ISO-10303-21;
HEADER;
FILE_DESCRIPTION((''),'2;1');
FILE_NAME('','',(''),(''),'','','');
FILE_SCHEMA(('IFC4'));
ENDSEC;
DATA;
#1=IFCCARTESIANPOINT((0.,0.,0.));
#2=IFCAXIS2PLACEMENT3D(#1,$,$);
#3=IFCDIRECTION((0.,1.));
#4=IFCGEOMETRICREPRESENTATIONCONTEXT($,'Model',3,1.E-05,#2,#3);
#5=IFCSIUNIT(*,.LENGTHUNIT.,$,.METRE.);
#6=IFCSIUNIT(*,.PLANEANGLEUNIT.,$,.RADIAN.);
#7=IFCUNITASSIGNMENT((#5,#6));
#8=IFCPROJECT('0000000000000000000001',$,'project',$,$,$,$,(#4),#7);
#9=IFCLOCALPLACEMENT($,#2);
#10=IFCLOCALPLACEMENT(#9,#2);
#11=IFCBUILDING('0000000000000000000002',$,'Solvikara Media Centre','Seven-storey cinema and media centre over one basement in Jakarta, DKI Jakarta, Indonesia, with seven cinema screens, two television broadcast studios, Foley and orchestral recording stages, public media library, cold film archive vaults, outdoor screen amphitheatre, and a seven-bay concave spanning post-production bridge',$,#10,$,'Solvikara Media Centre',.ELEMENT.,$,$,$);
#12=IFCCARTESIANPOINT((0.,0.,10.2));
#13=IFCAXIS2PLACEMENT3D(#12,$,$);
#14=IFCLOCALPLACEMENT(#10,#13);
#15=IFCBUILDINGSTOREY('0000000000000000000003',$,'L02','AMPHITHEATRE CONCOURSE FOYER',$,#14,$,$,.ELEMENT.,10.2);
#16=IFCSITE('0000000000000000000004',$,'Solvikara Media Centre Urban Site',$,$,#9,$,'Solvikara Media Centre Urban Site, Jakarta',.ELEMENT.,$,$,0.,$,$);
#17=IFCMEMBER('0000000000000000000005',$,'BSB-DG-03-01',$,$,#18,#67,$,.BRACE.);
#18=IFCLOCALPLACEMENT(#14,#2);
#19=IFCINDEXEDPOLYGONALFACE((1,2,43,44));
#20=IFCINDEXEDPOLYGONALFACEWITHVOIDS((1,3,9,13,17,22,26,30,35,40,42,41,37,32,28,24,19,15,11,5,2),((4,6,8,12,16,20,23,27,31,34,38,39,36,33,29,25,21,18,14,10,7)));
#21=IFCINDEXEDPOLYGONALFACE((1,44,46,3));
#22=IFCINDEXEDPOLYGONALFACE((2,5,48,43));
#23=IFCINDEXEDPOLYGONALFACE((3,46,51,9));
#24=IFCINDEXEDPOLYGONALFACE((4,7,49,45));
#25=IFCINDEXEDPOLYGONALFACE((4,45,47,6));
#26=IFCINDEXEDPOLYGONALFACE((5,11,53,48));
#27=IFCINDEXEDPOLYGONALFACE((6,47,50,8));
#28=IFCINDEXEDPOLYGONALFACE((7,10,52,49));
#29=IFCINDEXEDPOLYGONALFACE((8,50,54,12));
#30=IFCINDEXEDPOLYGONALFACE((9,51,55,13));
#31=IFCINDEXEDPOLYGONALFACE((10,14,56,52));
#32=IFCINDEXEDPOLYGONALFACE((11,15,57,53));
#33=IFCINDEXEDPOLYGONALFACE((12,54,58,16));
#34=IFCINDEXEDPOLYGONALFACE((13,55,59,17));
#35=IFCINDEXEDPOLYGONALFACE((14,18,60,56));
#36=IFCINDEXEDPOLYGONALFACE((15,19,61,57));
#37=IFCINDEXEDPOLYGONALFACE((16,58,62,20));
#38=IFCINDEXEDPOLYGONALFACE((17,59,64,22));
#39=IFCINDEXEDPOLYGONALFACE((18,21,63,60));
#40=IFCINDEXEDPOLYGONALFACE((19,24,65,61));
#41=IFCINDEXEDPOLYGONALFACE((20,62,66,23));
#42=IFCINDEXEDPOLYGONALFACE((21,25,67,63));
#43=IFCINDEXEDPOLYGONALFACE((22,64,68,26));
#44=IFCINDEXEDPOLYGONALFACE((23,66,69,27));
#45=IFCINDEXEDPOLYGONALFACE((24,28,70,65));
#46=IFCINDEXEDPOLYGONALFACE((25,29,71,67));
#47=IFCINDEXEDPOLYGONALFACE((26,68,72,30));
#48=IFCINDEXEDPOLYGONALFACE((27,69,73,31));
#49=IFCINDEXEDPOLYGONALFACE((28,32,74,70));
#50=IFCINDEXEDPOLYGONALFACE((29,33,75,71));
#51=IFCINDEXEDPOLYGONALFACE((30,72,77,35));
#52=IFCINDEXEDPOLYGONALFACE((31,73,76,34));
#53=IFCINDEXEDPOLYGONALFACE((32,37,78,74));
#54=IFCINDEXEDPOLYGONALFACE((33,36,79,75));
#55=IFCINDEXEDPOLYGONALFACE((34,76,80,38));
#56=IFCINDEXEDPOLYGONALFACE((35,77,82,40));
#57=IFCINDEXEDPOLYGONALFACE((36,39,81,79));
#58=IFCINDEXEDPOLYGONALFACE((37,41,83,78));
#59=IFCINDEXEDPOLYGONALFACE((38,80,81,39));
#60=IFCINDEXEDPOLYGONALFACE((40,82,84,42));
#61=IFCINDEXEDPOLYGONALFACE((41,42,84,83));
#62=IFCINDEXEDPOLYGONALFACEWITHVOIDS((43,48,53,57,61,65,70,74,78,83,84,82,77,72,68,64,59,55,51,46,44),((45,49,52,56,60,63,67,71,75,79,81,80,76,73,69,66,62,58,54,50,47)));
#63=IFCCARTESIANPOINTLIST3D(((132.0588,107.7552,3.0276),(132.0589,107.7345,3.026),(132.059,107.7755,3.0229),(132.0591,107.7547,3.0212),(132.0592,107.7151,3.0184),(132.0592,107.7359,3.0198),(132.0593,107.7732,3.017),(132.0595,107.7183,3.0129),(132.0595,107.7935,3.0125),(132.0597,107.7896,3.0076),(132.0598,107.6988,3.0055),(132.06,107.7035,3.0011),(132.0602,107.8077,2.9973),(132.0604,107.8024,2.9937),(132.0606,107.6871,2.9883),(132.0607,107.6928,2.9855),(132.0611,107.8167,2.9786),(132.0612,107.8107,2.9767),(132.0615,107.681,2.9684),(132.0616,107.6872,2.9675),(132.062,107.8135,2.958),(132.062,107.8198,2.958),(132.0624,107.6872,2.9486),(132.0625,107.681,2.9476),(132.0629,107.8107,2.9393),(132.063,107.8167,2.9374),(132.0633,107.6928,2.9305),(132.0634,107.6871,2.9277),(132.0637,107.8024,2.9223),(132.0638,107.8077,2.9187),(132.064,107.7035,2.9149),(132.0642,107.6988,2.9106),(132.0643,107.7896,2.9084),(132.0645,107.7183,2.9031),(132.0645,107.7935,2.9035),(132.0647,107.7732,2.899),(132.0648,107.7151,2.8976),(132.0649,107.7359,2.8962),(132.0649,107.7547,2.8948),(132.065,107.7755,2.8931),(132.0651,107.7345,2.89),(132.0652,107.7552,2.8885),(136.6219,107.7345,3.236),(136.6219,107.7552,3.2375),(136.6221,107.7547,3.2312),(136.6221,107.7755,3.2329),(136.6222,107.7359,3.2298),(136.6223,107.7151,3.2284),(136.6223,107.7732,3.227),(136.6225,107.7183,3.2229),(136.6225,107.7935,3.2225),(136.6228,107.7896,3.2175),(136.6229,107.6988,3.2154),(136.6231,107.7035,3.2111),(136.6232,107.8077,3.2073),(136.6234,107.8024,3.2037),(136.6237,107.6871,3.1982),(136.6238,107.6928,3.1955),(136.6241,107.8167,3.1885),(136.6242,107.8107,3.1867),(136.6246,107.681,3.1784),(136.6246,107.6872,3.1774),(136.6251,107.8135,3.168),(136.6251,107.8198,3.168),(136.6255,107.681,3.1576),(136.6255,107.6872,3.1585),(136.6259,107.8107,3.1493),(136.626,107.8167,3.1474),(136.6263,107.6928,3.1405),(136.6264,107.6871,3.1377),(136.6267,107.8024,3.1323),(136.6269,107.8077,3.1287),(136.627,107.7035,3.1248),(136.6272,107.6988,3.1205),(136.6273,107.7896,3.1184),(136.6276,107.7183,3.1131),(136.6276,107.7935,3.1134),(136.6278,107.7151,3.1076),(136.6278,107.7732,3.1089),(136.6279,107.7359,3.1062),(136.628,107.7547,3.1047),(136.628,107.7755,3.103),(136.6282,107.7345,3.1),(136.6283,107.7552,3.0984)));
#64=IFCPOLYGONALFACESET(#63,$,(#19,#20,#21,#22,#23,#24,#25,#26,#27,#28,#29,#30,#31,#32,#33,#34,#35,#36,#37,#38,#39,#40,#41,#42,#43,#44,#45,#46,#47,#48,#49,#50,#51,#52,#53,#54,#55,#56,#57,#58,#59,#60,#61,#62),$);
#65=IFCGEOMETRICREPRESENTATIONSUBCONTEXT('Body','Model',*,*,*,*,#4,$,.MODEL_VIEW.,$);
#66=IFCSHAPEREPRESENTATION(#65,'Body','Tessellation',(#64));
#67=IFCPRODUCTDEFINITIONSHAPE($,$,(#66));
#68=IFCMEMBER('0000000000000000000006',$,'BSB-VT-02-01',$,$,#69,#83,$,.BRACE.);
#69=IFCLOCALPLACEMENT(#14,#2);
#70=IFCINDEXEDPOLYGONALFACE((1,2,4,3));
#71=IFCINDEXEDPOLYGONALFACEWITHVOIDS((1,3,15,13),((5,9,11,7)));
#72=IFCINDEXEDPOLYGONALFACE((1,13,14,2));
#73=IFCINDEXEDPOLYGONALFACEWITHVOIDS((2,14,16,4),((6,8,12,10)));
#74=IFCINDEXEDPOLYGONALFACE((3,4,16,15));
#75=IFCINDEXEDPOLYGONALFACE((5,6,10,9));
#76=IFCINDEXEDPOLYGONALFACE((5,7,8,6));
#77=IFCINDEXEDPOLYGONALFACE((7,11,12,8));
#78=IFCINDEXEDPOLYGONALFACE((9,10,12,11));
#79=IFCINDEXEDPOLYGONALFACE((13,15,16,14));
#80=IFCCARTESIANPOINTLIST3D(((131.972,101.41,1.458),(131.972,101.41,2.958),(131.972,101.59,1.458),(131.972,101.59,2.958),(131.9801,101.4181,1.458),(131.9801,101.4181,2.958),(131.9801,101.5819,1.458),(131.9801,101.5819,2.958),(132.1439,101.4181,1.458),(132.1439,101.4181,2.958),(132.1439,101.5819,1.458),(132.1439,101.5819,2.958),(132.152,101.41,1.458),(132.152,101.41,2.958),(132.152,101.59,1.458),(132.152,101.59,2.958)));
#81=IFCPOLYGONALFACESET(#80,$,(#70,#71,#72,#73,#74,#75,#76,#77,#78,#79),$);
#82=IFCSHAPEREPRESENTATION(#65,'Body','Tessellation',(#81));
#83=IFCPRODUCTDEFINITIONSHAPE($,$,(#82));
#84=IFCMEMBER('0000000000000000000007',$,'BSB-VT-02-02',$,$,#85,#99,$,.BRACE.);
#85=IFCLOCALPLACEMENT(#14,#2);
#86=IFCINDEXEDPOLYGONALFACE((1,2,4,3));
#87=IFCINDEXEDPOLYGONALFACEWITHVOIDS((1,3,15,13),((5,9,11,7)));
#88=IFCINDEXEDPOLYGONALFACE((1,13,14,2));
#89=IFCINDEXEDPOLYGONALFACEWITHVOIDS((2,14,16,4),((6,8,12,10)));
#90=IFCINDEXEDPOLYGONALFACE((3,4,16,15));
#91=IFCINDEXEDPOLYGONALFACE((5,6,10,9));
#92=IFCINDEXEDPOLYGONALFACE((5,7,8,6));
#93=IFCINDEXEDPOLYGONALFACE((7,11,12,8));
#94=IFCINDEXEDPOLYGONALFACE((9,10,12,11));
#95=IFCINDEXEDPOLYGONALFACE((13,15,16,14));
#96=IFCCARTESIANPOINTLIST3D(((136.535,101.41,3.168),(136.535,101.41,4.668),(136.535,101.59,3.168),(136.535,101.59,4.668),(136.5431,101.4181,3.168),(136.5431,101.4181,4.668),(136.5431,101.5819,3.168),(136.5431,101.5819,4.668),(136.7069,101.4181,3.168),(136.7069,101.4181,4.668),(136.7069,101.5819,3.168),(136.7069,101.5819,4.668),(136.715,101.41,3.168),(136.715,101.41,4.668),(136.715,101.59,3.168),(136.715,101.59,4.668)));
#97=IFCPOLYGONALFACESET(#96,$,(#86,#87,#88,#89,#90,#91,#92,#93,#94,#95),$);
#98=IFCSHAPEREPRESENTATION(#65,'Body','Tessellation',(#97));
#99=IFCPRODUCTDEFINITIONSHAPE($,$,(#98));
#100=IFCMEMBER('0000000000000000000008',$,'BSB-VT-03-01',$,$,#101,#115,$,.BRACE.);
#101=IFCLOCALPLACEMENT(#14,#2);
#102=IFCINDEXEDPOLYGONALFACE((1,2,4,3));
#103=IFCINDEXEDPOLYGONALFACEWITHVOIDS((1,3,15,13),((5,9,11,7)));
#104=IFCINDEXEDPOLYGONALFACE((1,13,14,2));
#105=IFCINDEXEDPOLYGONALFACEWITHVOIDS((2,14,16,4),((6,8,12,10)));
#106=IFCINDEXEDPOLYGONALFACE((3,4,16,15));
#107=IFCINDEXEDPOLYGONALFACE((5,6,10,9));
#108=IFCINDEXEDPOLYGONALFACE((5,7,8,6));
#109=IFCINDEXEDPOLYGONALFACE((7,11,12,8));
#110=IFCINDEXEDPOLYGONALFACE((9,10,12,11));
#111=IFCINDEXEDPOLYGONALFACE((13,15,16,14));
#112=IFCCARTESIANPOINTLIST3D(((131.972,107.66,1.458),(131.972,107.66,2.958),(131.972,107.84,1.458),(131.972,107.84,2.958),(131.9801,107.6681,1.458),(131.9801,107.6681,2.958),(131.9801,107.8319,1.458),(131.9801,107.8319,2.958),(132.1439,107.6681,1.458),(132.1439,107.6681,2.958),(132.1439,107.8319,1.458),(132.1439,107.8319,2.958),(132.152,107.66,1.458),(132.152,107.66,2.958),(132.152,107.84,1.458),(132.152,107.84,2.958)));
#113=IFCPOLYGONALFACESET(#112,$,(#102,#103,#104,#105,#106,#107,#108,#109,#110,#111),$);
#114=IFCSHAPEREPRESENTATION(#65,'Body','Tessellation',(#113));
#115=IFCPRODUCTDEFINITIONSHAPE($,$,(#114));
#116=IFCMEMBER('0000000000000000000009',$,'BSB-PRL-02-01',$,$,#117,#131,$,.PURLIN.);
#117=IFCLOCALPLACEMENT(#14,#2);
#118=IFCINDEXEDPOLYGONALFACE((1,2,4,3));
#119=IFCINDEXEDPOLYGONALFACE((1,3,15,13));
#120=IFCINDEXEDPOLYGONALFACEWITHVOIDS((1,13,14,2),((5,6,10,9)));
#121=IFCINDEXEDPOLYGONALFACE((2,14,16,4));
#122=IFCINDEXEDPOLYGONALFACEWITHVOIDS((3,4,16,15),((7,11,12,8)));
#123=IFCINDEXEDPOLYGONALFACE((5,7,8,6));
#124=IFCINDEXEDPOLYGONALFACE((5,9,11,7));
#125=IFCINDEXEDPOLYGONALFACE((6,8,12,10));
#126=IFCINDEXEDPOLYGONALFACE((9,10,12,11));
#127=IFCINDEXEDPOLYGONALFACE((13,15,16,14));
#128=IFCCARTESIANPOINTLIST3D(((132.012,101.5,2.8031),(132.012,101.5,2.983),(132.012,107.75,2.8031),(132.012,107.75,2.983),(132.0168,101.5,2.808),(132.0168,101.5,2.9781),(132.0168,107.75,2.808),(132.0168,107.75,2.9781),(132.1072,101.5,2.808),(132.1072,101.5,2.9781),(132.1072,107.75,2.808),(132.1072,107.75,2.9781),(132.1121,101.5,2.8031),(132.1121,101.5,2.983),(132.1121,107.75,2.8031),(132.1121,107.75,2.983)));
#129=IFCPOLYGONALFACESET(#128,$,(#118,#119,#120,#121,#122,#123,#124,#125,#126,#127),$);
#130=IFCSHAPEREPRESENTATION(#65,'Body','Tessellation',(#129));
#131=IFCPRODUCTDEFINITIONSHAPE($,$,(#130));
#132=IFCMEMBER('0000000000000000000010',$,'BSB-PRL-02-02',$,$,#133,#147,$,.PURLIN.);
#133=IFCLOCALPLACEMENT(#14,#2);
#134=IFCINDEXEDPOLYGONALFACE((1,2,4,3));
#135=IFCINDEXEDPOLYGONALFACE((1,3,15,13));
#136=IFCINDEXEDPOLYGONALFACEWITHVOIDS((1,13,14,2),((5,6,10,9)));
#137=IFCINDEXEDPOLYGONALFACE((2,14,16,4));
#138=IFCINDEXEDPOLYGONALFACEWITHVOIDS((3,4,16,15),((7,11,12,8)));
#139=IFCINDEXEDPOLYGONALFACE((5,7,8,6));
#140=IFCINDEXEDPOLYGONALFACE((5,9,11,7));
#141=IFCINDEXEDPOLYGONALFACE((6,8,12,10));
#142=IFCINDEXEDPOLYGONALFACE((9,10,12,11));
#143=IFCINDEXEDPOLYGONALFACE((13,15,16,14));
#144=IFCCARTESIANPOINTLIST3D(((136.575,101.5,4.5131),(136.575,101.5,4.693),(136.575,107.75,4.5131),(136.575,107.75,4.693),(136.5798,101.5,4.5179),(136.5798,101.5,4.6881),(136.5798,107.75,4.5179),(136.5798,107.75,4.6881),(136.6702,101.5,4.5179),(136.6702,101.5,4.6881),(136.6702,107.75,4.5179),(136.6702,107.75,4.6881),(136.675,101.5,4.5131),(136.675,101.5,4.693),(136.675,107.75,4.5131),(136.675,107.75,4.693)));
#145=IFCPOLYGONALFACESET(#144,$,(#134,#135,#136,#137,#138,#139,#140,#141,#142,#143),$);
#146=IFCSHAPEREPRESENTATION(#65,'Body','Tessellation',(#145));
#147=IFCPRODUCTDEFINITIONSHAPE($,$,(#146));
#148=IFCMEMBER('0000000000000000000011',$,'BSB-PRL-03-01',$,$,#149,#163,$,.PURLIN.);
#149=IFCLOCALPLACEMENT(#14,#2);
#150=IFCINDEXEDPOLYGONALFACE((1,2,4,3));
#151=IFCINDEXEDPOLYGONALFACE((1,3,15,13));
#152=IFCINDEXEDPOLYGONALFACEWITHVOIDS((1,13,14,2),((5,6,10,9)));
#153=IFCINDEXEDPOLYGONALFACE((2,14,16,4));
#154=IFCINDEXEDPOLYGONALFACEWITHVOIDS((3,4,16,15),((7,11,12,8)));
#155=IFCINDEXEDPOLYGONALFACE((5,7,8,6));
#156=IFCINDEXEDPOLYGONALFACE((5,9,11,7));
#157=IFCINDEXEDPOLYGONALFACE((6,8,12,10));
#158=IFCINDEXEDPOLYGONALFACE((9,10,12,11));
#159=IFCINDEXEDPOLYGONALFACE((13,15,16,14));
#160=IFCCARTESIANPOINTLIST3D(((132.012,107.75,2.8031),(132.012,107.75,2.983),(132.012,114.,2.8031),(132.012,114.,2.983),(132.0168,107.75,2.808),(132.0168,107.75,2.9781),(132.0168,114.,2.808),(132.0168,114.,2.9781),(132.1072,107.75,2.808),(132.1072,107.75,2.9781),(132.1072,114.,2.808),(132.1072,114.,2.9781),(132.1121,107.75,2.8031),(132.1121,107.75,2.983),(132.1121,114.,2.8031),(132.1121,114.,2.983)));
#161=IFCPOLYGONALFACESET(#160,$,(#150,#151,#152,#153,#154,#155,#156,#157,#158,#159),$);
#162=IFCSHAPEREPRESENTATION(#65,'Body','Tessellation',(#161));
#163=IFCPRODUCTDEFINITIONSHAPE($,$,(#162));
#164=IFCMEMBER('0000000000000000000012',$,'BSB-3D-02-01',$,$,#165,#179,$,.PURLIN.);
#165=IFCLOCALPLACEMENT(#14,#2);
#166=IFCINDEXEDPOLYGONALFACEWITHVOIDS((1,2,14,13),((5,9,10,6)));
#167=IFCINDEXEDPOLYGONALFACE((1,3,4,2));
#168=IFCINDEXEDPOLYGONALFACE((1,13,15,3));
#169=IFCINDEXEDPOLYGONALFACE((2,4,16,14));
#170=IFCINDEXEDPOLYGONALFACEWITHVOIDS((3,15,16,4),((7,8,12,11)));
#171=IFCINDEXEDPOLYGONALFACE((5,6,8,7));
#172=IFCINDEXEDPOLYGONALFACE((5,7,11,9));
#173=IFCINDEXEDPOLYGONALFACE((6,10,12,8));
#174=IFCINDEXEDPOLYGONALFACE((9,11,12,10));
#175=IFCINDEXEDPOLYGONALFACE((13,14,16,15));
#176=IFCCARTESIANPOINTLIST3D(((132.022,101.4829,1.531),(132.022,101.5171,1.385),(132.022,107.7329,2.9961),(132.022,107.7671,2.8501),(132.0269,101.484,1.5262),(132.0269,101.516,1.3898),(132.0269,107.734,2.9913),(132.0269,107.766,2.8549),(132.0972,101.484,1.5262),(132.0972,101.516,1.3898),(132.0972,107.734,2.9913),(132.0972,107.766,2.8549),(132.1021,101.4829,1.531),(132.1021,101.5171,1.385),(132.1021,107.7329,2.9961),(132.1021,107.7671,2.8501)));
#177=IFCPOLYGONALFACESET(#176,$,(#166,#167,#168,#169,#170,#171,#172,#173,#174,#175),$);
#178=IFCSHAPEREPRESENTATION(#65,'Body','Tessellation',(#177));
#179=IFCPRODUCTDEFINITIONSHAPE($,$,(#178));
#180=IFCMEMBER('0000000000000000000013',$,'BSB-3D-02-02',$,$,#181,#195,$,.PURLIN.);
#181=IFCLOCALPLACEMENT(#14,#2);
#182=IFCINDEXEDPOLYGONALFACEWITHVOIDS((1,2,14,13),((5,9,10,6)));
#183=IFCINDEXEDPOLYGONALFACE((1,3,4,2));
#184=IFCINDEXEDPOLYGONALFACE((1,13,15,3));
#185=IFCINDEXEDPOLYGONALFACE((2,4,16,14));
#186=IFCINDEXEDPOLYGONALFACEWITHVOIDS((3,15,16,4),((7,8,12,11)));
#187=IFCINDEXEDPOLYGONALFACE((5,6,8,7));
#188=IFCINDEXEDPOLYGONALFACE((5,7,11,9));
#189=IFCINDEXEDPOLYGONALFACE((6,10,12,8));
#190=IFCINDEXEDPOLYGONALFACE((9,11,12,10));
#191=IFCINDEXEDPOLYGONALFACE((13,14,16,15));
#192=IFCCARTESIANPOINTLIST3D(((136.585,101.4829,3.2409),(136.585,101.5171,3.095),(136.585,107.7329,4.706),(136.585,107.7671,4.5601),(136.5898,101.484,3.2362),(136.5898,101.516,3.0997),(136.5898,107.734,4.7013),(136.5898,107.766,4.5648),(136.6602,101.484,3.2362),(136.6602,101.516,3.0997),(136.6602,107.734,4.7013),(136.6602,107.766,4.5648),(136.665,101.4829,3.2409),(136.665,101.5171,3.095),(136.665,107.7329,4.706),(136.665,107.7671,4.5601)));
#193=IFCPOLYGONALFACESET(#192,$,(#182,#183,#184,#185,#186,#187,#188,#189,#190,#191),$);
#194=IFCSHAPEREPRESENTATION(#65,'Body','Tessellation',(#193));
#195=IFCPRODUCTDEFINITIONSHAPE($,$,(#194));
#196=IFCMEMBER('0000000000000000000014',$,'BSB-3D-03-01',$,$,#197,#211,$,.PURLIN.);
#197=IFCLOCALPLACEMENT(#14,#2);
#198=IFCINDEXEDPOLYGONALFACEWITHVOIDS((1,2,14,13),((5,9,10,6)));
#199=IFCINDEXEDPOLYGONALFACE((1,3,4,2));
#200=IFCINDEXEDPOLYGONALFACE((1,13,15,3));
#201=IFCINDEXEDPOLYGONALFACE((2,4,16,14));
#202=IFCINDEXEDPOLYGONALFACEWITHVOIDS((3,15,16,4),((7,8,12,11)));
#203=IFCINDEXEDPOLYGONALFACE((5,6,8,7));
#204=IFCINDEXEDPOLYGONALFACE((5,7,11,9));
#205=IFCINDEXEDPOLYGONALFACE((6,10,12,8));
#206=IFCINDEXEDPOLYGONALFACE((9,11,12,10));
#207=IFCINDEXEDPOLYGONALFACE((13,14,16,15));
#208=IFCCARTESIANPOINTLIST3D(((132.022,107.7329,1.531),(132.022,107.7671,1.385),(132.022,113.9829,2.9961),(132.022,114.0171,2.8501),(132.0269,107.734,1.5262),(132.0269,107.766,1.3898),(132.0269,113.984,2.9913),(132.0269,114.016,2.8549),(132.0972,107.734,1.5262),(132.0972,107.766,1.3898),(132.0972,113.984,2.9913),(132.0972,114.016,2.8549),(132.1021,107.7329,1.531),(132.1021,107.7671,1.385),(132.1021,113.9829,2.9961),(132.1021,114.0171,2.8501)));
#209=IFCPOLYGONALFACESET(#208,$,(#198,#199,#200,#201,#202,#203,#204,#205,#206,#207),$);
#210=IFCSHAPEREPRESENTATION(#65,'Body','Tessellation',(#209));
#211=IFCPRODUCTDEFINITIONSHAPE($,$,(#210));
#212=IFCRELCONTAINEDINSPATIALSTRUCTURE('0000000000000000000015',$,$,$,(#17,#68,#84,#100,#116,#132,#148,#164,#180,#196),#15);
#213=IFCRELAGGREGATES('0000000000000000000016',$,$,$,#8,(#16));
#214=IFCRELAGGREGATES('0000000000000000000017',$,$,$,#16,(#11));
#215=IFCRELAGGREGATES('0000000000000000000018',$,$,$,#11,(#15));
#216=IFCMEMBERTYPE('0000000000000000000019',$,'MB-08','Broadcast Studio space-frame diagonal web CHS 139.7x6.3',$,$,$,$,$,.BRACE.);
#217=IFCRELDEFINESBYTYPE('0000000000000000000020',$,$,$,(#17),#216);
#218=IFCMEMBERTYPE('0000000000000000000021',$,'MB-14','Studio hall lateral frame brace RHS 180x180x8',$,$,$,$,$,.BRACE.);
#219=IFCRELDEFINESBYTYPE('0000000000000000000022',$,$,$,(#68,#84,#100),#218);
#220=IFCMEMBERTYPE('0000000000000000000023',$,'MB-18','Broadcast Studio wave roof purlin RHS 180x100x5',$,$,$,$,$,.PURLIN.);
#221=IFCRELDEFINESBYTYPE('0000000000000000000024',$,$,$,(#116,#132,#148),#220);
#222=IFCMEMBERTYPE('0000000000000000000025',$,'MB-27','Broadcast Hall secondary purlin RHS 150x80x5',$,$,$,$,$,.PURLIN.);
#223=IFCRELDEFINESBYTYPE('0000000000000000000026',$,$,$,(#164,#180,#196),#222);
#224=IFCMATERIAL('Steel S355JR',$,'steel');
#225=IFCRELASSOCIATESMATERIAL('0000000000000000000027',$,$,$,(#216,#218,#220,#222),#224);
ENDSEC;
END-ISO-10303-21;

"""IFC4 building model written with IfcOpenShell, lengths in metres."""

from ifc_helpers import new_model, si_unit, direction, frame, origin, origin_2d, place, context, subcontext, project, spatial, hollow_rectangle, hollow_circle, extrude, material, material_profile, profile_set, type_object, element, save


model = new_model("IFC4")

# Units and contexts
model_context = context("Model", 3, precision=1e-05, world=origin(), true_north=direction((0.0, 1.0)))
body_context = subcontext(model_context, "Body", "Model", "MODEL_VIEW")
ifc_project = project(units=[si_unit("LENGTHUNIT", "METRE"), si_unit("PLANEANGLEUNIT", "RADIAN")], contexts=[model_context])

# Site, building, storey
site_placement = place(None, origin())
site = spatial("IfcSite", under=ifc_project, at=site_placement, Name="Solvikara Media Centre Urban Site", LongName="Solvikara Media Centre Urban Site, Jakarta", CompositionType="ELEMENT", RefElevation=0.0)
building_placement = place(site_placement, origin())
building = spatial("IfcBuilding", under=site, at=building_placement, Name="Solvikara Media Centre", Description="Seven-storey cinema and media centre over one basement in Jakarta, DKI Jakarta, Indonesia, with seven cinema screens, two television broadcast studios, Foley and orchestral recording stages, public media library, cold film archive vaults, outdoor screen amphitheatre, and a seven-bay concave spanning post-production bridge", LongName="Solvikara Media Centre", CompositionType="ELEMENT")
storey_placement = place(building_placement, frame((0.0, 0.0, 10.2)))
storey = spatial("IfcBuildingStorey", under=building, at=storey_placement, Name="L02", Description="AMPHITHEATRE CONCOURSE FOYER", CompositionType="ELEMENT", Elevation=10.2)

# Shared definitions
ifc_material_1 = material(Name="Steel S355JR", Category="steel")

# Members
ifc_material_profile_1 = material_profile(ifc_material_1, hollow_circle(Radius=0.0698, WallThickness=0.0063, at=origin_2d()), Name="CHS 139.7x6.3")
ifc_profile_set_1 = profile_set([ifc_material_profile_1], Name="Steel S355JR")
member_type_1 = type_object("IfcMemberType", Name="MB-08", Description="Broadcast Studio space-frame diagonal web CHS 139.7x6.3", PredefinedType="BRACE", material=ifc_profile_set_1)
member_1_placement = place(storey_placement, frame((132.062, 107.75, 2.958), z_axis=(0.998943, 0.0, 0.045965), x_axis=(0.0, 1.0, 0.0)))
element("IfcMember", 1, at=member_1_placement, inside=storey, type_object=member_type_1, Name="BSB-DG-03-01", PredefinedType="BRACE", context=body_context, shape_type="SweptSolid", body=[
    extrude(hollow_circle(Radius=0.0698, WallThickness=0.0063, at=origin_2d()), origin(), (0.0, 0.0, 1.0), 4.5679),
])
ifc_material_profile_2 = material_profile(ifc_material_1, hollow_rectangle(XDim=0.1799, YDim=0.1799, WallThickness=0.0081, at=origin_2d()), Name="RHS 180x180x8")
ifc_profile_set_2 = profile_set([ifc_material_profile_2], Name="Steel S355JR")
member_type_2 = type_object("IfcMemberType", Name="MB-14", Description="Studio hall lateral frame brace RHS 180x180x8", PredefinedType="BRACE", material=ifc_profile_set_2)
for number, where, z_axis, x_axis, name in (
    (2, (132.062, 101.5, 1.458), (0.0, 0.0, 1.0), (1.0, 0.0, 0.0), "BSB-VT-02-01"),
    (3, (136.625, 101.5, 3.168), (0.0, 0.0, 1.0), (1.0, 0.0, 0.0), "BSB-VT-02-02"),
    (4, (132.062, 107.75, 1.458), (0.0, 0.0, 1.0), (1.0, 0.0, 0.0), "BSB-VT-03-01"),
):
    element("IfcMember", number, at=place(storey_placement, frame(where, z_axis=z_axis, x_axis=x_axis)), inside=storey, type_object=member_type_2, Name=name, PredefinedType="BRACE", context=body_context, shape_type="SweptSolid", body=[
        extrude(hollow_rectangle(XDim=0.1799, YDim=0.1799, WallThickness=0.0081, at=origin_2d()), origin(), (0.0, 0.0, 1.0), 1.5),
    ])
ifc_material_profile_3 = material_profile(ifc_material_1, hollow_rectangle(XDim=0.1001, YDim=0.1799, WallThickness=0.0049, at=origin_2d()), Name="RHS 180x100x5")
ifc_profile_set_3 = profile_set([ifc_material_profile_3], Name="Steel S355JR")
member_type_3 = type_object("IfcMemberType", Name="MB-18", Description="Broadcast Studio wave roof purlin RHS 180x100x5", PredefinedType="PURLIN", material=ifc_profile_set_3)
for number, where, z_axis, x_axis, name in (
    (5, (132.062, 101.5, 2.8931), (0.0, 1.0, 0.0), (-1.0, 0.0, 0.0), "BSB-PRL-02-01"),
    (6, (136.625, 101.5, 4.603), (0.0, 1.0, 0.0), (-1.0, 0.0, 0.0), "BSB-PRL-02-02"),
    (7, (132.062, 107.75, 2.8931), (0.0, 1.0, 0.0), (-1.0, 0.0, 0.0), "BSB-PRL-03-01"),
):
    element("IfcMember", number, at=place(storey_placement, frame(where, z_axis=z_axis, x_axis=x_axis)), inside=storey, type_object=member_type_3, Name=name, PredefinedType="PURLIN", context=body_context, shape_type="SweptSolid", body=[
        extrude(hollow_rectangle(XDim=0.1001, YDim=0.1799, WallThickness=0.0049, at=origin_2d()), origin(), (0.0, 0.0, 1.0), 6.25),
    ])
ifc_material_profile_4 = material_profile(ifc_material_1, hollow_rectangle(XDim=0.0801, YDim=0.1499, WallThickness=0.0049, at=origin_2d()), Name="RHS 150x80x5")
ifc_profile_set_4 = profile_set([ifc_material_profile_4], Name="Steel S355JR")
member_type_4 = type_object("IfcMemberType", Name="MB-27", Description="Broadcast Hall secondary purlin RHS 150x80x5", PredefinedType="PURLIN", material=ifc_profile_set_4)
for number, where, z_axis, x_axis, name in (
    (8, (132.062, 101.5, 1.458), (0.0, 0.973608, 0.228227), (-1.0, 0.0, 0.0), "BSB-3D-02-01"),
    (9, (136.625, 101.5, 3.168), (0.0, 0.973608, 0.228227), (-1.0, 0.0, 0.0), "BSB-3D-02-02"),
    (10, (132.062, 107.75, 1.458), (0.0, 0.973608, 0.228227), (-1.0, 0.0, 0.0), "BSB-3D-03-01"),
):
    element("IfcMember", number, at=place(storey_placement, frame(where, z_axis=z_axis, x_axis=x_axis)), inside=storey, type_object=member_type_4, Name=name, PredefinedType="PURLIN", context=body_context, shape_type="SweptSolid", body=[
        extrude(hollow_rectangle(XDim=0.0801, YDim=0.1499, WallThickness=0.0049, at=origin_2d()), origin(), (0.0, 0.0, 1.0), 6.4194),
    ])

save(model, "model.ifc")
